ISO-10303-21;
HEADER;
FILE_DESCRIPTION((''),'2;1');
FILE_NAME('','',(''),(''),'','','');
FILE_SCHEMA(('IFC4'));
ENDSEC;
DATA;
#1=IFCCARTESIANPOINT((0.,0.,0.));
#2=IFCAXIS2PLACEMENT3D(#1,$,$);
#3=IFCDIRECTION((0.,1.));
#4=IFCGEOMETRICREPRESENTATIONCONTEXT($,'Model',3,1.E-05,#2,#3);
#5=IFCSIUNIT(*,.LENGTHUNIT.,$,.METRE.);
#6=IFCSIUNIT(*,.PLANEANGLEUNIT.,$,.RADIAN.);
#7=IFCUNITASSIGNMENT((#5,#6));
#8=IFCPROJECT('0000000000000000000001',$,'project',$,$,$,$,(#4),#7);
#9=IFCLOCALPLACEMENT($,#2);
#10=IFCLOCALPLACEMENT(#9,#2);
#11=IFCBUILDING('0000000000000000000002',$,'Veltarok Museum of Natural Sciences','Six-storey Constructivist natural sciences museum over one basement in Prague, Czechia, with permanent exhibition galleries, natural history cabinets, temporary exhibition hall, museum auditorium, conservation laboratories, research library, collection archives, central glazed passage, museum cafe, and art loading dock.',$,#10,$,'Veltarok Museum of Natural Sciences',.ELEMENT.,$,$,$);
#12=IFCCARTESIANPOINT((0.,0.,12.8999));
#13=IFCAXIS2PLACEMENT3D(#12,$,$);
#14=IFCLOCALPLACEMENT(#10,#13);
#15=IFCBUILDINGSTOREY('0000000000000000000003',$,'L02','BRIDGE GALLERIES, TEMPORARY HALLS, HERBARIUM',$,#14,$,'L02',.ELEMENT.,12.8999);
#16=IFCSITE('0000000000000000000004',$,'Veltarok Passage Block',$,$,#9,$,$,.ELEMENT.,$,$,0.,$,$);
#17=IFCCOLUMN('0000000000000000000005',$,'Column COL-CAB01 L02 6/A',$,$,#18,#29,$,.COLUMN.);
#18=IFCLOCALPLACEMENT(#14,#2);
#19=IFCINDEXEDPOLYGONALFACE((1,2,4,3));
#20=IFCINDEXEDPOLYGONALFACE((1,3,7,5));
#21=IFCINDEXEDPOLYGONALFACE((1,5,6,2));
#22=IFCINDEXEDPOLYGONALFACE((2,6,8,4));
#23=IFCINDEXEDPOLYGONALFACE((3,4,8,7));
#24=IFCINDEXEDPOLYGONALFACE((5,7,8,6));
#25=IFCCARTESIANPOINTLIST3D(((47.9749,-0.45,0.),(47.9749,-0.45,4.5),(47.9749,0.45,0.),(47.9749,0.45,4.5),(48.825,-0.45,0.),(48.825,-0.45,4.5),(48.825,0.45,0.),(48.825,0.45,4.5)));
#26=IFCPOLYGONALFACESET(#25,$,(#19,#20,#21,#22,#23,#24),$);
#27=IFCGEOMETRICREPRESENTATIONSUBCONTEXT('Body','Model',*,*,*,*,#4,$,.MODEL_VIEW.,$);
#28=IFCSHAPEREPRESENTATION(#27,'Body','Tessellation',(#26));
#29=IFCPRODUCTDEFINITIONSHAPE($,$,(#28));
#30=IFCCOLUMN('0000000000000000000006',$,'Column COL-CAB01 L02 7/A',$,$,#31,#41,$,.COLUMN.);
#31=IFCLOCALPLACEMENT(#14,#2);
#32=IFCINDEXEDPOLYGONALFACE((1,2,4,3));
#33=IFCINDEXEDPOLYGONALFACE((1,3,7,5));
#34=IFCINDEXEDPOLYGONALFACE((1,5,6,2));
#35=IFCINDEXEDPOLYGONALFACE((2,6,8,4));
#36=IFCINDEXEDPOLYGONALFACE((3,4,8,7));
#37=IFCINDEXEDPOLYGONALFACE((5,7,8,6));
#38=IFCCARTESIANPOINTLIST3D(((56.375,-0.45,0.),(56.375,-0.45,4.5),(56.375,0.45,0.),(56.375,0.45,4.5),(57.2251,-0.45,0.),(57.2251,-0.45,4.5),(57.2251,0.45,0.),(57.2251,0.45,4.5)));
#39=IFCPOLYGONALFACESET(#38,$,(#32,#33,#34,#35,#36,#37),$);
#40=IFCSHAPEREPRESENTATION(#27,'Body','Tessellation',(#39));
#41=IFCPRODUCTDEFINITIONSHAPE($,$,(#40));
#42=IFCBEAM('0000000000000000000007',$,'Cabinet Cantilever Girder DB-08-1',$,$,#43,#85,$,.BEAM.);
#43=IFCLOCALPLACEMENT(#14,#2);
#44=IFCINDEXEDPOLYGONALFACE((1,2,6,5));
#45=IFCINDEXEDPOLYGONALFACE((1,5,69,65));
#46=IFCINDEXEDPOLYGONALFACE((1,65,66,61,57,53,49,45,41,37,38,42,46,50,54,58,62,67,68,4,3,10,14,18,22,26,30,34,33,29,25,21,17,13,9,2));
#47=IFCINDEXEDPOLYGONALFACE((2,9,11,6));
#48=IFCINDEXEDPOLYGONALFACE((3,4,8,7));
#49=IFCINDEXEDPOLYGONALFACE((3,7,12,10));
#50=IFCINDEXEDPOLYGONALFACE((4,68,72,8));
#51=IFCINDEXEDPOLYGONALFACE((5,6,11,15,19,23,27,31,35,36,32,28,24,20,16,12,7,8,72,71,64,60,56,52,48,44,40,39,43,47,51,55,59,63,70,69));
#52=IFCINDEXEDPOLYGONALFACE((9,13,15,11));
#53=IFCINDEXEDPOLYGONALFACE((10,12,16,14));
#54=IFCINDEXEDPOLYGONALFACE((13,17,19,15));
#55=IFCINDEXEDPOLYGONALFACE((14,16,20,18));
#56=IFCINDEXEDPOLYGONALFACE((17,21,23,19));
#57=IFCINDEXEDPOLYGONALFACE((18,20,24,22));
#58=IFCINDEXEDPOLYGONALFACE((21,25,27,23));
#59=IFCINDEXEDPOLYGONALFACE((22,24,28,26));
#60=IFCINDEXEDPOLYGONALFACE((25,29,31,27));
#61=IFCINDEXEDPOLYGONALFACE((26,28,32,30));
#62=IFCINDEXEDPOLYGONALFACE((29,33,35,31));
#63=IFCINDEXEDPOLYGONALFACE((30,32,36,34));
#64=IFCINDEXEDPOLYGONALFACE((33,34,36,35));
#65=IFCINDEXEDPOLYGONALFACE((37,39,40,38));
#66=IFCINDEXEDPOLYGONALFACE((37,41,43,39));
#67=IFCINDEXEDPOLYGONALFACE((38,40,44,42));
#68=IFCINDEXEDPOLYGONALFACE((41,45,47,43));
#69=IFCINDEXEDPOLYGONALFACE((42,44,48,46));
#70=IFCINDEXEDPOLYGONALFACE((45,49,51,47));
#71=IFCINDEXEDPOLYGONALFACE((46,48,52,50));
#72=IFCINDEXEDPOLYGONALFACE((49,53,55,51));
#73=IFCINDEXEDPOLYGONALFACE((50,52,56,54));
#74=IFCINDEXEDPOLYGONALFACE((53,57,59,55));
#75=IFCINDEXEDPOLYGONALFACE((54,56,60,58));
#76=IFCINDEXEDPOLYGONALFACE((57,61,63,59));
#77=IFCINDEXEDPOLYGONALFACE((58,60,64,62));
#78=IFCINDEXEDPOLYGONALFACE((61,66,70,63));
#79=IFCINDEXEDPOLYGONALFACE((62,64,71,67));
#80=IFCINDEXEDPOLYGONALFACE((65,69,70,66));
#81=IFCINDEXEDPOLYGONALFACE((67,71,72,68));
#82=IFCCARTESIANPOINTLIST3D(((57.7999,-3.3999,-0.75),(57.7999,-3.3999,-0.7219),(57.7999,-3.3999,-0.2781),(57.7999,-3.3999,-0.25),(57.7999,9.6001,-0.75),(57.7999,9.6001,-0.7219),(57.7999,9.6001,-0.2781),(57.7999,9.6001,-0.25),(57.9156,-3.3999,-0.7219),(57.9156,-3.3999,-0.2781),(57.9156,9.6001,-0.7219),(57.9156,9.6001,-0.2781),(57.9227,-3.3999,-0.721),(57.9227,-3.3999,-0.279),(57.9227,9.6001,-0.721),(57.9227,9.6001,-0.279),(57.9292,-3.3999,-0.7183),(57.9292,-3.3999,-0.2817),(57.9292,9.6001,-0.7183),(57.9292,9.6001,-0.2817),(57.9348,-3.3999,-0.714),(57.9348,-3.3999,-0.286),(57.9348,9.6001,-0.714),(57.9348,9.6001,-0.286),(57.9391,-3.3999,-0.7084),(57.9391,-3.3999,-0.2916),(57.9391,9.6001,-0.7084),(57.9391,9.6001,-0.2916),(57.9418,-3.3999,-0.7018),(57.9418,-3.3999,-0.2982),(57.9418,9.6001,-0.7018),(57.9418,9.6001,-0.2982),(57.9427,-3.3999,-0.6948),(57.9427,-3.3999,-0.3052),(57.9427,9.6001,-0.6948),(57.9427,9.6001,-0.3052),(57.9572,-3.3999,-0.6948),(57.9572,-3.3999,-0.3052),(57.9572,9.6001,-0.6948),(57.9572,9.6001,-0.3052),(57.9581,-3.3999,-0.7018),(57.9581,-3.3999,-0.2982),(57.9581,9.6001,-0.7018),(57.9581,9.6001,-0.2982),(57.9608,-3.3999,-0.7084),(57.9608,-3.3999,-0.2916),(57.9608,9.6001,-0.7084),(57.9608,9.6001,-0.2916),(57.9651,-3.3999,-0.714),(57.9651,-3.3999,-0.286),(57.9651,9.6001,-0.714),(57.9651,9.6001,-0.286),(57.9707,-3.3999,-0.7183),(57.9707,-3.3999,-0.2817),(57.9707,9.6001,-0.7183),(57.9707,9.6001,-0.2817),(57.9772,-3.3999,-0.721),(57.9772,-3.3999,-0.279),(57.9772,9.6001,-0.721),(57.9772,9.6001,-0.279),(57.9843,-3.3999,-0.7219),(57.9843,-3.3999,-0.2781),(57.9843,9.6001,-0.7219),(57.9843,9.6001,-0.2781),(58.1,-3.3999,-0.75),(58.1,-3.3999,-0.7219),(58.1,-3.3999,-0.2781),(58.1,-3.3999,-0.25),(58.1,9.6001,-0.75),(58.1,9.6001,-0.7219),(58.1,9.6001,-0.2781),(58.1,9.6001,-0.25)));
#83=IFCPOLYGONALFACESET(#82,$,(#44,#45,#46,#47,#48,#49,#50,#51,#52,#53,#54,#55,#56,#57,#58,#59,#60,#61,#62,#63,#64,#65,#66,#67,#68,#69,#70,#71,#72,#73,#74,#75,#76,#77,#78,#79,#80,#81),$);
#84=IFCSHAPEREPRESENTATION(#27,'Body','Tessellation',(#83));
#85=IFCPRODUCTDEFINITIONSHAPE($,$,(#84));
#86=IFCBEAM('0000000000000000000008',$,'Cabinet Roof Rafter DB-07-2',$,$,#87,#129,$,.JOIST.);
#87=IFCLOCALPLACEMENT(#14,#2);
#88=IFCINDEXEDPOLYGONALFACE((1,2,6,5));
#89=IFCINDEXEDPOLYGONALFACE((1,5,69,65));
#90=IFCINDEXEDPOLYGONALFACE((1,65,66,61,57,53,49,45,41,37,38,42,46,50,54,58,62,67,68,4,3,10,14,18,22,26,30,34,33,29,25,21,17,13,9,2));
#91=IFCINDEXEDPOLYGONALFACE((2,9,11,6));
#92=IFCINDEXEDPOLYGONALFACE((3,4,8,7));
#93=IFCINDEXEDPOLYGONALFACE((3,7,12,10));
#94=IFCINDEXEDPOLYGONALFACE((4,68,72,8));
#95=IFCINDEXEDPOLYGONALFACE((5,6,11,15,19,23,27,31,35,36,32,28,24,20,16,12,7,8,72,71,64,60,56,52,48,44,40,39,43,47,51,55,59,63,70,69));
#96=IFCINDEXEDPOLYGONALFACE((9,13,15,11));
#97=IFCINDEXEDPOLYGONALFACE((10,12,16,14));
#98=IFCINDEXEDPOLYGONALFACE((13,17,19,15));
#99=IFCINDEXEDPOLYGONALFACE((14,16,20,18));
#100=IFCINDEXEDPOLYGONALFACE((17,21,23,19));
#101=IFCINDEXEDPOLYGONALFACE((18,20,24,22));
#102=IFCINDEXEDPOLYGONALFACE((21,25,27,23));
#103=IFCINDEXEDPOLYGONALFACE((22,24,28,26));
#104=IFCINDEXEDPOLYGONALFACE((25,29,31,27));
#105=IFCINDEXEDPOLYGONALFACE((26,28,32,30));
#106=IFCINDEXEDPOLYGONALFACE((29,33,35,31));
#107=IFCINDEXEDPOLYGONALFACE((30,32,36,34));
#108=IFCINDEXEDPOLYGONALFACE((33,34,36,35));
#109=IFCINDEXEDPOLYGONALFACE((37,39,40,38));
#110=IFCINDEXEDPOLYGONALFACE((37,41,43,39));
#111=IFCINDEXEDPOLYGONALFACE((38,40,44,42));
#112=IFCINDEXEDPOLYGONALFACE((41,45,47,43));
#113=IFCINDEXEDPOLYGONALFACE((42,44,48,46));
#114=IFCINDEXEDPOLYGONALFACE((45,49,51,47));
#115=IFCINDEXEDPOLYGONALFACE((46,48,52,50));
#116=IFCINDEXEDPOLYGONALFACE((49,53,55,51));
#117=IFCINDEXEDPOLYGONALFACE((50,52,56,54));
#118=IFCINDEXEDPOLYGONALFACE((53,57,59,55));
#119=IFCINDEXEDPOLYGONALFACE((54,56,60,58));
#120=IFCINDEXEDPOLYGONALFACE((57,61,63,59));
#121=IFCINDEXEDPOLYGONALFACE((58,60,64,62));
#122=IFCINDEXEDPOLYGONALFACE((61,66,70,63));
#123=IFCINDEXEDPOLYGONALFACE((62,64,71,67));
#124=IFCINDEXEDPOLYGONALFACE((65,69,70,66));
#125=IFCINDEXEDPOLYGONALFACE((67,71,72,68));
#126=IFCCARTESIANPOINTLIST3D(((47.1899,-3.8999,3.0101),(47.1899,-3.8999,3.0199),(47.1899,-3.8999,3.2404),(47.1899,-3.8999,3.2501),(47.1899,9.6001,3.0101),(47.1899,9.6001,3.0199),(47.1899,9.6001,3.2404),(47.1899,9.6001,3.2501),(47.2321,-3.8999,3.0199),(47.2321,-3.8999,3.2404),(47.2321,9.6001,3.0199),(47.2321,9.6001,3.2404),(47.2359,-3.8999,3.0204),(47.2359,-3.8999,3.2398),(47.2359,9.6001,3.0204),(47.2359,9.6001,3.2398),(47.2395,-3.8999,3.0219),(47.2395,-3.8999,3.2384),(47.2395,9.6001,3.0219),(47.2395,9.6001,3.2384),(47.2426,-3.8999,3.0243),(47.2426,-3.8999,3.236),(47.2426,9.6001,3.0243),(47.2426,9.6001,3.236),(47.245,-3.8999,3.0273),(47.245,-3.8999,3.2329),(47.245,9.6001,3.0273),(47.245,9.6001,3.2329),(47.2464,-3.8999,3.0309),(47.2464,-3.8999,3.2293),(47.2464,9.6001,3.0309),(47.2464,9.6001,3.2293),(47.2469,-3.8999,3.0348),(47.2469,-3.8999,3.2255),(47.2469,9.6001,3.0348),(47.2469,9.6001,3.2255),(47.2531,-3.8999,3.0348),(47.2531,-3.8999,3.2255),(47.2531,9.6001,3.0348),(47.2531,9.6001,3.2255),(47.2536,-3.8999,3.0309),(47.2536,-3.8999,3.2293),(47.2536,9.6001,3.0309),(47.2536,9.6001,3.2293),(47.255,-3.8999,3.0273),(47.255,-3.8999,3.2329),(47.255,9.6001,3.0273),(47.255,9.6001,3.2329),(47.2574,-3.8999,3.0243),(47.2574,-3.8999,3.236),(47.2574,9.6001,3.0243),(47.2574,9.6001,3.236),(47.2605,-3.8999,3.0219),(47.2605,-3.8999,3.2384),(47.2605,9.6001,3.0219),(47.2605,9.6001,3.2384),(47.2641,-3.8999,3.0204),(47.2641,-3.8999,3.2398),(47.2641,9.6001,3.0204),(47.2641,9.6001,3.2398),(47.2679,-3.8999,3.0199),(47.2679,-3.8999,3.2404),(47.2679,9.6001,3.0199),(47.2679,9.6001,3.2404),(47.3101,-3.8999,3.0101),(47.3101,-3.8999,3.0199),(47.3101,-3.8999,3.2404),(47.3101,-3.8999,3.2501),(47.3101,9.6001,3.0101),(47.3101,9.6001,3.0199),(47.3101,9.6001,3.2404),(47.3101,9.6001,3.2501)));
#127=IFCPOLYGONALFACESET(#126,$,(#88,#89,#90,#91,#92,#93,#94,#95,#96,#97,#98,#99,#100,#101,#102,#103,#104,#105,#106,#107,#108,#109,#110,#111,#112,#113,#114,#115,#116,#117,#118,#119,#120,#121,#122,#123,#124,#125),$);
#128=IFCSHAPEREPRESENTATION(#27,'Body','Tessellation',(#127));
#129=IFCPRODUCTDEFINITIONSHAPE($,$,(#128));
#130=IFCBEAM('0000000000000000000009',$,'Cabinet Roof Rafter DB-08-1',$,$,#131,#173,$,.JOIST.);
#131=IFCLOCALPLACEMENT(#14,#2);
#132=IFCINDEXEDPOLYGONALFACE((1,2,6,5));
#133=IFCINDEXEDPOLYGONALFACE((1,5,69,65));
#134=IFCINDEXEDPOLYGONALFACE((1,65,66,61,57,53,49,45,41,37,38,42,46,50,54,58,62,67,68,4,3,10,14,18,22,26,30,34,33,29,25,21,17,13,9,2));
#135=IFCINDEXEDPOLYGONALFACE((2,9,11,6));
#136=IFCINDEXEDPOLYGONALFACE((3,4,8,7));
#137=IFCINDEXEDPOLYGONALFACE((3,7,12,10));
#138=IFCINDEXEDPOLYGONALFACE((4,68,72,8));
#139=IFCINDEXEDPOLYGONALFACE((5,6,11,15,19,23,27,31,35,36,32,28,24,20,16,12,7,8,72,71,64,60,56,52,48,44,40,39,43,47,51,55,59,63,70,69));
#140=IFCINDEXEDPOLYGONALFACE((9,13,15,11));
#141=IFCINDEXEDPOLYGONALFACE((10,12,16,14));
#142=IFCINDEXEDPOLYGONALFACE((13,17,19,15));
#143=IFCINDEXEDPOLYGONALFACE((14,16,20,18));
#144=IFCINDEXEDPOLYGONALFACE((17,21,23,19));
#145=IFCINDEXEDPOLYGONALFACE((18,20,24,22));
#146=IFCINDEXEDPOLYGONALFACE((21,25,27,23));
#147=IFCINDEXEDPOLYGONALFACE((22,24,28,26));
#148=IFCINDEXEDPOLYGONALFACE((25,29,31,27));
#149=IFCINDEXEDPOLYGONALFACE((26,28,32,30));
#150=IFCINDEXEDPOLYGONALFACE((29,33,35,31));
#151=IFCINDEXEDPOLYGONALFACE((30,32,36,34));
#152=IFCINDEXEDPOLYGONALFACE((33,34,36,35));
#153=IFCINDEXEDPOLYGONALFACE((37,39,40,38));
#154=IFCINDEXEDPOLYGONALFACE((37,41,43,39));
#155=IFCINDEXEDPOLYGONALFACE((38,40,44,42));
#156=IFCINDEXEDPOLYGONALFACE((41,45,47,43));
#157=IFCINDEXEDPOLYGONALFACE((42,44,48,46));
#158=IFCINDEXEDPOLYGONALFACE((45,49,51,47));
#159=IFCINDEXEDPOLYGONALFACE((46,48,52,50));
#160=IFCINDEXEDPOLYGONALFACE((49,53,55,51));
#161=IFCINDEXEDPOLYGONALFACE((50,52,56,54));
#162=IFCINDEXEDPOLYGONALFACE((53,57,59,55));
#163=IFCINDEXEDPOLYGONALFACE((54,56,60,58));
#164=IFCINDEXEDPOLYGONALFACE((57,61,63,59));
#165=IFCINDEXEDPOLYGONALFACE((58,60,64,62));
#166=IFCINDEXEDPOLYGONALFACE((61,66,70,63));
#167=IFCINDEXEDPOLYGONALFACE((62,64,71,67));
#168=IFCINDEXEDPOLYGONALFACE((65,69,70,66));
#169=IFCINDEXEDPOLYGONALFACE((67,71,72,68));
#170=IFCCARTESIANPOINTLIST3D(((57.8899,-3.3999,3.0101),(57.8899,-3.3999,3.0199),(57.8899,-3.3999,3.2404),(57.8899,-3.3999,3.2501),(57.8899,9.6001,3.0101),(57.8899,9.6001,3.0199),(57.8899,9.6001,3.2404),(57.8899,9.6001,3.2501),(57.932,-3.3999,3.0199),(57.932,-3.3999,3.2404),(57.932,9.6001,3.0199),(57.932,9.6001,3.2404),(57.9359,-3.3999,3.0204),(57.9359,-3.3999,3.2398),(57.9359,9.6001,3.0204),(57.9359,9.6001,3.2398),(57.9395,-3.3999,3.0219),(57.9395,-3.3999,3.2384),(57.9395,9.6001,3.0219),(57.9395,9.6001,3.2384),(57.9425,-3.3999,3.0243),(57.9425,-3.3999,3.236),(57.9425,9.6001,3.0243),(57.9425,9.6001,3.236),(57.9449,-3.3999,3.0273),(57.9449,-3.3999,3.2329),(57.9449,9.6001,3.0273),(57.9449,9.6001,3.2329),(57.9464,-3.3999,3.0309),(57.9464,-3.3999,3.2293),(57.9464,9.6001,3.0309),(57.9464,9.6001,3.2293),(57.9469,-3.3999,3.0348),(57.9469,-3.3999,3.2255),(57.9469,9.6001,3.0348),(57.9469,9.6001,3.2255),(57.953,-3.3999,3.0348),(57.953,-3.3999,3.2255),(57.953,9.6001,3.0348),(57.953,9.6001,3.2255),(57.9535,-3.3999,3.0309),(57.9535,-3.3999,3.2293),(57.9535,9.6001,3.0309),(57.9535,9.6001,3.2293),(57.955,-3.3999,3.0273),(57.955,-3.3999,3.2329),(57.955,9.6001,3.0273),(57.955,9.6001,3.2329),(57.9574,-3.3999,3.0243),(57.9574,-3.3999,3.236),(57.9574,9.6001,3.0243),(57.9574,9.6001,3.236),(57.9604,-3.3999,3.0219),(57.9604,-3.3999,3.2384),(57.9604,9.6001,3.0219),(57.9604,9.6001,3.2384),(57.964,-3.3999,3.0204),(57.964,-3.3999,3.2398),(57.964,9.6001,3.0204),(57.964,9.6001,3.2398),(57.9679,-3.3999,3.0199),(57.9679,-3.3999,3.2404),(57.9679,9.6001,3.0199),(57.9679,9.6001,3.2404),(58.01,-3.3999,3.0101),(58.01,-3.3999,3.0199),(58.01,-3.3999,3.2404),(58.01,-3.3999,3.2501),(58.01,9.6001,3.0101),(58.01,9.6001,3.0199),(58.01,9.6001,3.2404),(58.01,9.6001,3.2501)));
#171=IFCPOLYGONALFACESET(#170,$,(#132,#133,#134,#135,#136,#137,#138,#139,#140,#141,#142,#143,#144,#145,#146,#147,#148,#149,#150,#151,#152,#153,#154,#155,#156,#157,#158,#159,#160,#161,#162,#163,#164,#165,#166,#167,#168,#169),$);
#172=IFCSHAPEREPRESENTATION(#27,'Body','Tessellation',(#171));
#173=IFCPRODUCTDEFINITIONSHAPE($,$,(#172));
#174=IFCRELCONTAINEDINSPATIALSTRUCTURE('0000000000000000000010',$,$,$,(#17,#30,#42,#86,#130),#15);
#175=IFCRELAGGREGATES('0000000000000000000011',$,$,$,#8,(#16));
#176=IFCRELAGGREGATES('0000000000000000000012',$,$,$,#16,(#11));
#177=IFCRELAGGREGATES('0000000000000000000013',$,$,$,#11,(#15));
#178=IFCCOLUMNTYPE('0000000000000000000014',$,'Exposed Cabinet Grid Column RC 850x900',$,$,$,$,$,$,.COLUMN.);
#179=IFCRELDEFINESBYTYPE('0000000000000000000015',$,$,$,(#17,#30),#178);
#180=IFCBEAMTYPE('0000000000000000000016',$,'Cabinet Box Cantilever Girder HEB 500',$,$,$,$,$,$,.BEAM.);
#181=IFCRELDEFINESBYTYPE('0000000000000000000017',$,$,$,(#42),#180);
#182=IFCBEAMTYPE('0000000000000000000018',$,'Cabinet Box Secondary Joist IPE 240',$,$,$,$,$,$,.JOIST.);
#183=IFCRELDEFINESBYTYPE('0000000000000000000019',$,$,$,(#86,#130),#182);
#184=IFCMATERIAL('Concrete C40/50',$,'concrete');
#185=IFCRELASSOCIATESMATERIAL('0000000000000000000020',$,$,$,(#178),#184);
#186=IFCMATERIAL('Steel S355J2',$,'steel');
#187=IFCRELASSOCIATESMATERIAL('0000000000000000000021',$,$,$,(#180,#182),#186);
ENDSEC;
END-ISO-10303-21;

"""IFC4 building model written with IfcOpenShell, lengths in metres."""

from ifc_helpers import new_model, si_unit, direction, frame, origin, origin_2d, place, context, subcontext, project, spatial, rectangle, i_section, extrude, material, material_profile, profile_set, type_object, element, save


model = new_model("IFC4")

# Units and contexts
model_context = context("Model", 3, precision=1e-05, world=origin(), true_north=direction((0.0, 1.0)))
body_context = subcontext(model_context, "Body", "Model", "MODEL_VIEW")
ifc_project = project(units=[si_unit("LENGTHUNIT", "METRE"), si_unit("PLANEANGLEUNIT", "RADIAN")], contexts=[model_context])

# Site, building, storey
site_placement = place(None, origin())
site = spatial("IfcSite", under=ifc_project, at=site_placement, Name="Veltarok Passage Block", CompositionType="ELEMENT", RefElevation=0.0)
building_placement = place(site_placement, origin())
building = spatial("IfcBuilding", under=site, at=building_placement, Name="Veltarok Museum of Natural Sciences", Description="Six-storey Constructivist natural sciences museum over one basement in Prague, Czechia, with permanent exhibition galleries, natural history cabinets, temporary exhibition hall, museum auditorium, conservation laboratories, research library, collection archives, central glazed passage, museum cafe, and art loading dock.", LongName="Veltarok Museum of Natural Sciences", CompositionType="ELEMENT")
storey_placement = place(building_placement, frame((0.0, 0.0, 12.8999)))
storey = spatial("IfcBuildingStorey", under=building, at=storey_placement, Name="L02", Description="BRIDGE GALLERIES, TEMPORARY HALLS, HERBARIUM", LongName="L02", CompositionType="ELEMENT", Elevation=12.8999)

# Columns
ifc_material_1 = material(Name="Concrete C40/50", Category="concrete")
ifc_material_profile_1 = material_profile(ifc_material_1, rectangle(XDim=0.8501, YDim=0.8999, at=origin_2d()), Name="RC 850x900")
ifc_profile_set_1 = profile_set([ifc_material_profile_1], Name="Concrete C40/50")
column_type = type_object("IfcColumnType", Name="Exposed Cabinet Grid Column RC 850x900", PredefinedType="COLUMN", material=ifc_profile_set_1)
for number, where, z_axis, x_axis, name in (
    (1, (48.3999, 0.0, 0.0), (0.0, 0.0, 1.0), (1.0, 0.0, 0.0), "Column COL-CAB01 L02 6/A"),
    (2, (56.8, 0.0, 0.0), (0.0, 0.0, 1.0), (1.0, 0.0, 0.0), "Column COL-CAB01 L02 7/A"),
):
    element("IfcColumn", number, at=place(storey_placement, frame(where, z_axis=z_axis, x_axis=x_axis)), inside=storey, type_object=column_type, Name=name, PredefinedType="COLUMN", context=body_context, shape_type="SweptSolid", body=[
        extrude(rectangle(XDim=0.8501, YDim=0.8999, at=origin_2d()), origin(), (0.0, 0.0, 1.0), 4.5),
    ])

# Beams
ifc_material_2 = material(Name="Steel S355J2", Category="steel")
ifc_material_profile_2 = material_profile(ifc_material_2, i_section(OverallWidth=0.3, OverallDepth=0.5, WebThickness=0.0144, FlangeThickness=0.0281, FilletRadius=0.0271, at=origin_2d()), Name="HEB 500")
ifc_profile_set_2 = profile_set([ifc_material_profile_2], Name="Steel S355J2")
beam_type_1 = type_object("IfcBeamType", Name="Cabinet Box Cantilever Girder HEB 500", PredefinedType="BEAM", material=ifc_profile_set_2)
beam_1_placement = place(storey_placement, frame((57.95, -3.3999, -0.5), z_axis=(0.0, 1.0, 0.0), x_axis=(-1.0, 0.0, 0.0)))
element("IfcBeam", 3, at=beam_1_placement, inside=storey, type_object=beam_type_1, Name="Cabinet Cantilever Girder DB-08-1", PredefinedType="BEAM", context=body_context, shape_type="SweptSolid", body=[
    extrude(i_section(OverallWidth=0.3, OverallDepth=0.5, WebThickness=0.0144, FlangeThickness=0.0281, FilletRadius=0.0271, at=origin_2d()), origin(), (0.0, 0.0, 1.0), 13.0),
])
ifc_material_profile_3 = material_profile(ifc_material_2, i_section(OverallWidth=0.1201, OverallDepth=0.24, WebThickness=0.0061, FlangeThickness=0.0098, FilletRadius=0.0149, at=origin_2d()), Name="IPE 240")
ifc_profile_set_3 = profile_set([ifc_material_profile_3], Name="Steel S355J2")
beam_type_2 = type_object("IfcBeamType", Name="Cabinet Box Secondary Joist IPE 240", PredefinedType="JOIST", material=ifc_profile_set_3)
beam_2_placement = place(storey_placement, frame((47.25, -3.8999, 3.1301), z_axis=(0.0, 1.0, 0.0), x_axis=(-1.0, 0.0, 0.0)))
element("IfcBeam", 4, at=beam_2_placement, inside=storey, type_object=beam_type_2, Name="Cabinet Roof Rafter DB-07-2", PredefinedType="JOIST", context=body_context, shape_type="SweptSolid", body=[
    extrude(i_section(OverallWidth=0.1201, OverallDepth=0.24, WebThickness=0.0061, FlangeThickness=0.0098, FilletRadius=0.0149, at=origin_2d()), origin(), (0.0, 0.0, 1.0), 13.5),
])
beam_3_placement = place(storey_placement, frame((57.95, -3.3999, 3.1301), z_axis=(0.0, 1.0, 0.0), x_axis=(-1.0, 0.0, 0.0)))
element("IfcBeam", 5, at=beam_3_placement, inside=storey, type_object=beam_type_2, Name="Cabinet Roof Rafter DB-08-1", PredefinedType="JOIST", context=body_context, shape_type="SweptSolid", body=[
    extrude(i_section(OverallWidth=0.1201, OverallDepth=0.24, WebThickness=0.0061, FlangeThickness=0.0098, FilletRadius=0.0149, at=origin_2d()), origin(), (0.0, 0.0, 1.0), 13.0),
])

save(model, "model.ifc")
